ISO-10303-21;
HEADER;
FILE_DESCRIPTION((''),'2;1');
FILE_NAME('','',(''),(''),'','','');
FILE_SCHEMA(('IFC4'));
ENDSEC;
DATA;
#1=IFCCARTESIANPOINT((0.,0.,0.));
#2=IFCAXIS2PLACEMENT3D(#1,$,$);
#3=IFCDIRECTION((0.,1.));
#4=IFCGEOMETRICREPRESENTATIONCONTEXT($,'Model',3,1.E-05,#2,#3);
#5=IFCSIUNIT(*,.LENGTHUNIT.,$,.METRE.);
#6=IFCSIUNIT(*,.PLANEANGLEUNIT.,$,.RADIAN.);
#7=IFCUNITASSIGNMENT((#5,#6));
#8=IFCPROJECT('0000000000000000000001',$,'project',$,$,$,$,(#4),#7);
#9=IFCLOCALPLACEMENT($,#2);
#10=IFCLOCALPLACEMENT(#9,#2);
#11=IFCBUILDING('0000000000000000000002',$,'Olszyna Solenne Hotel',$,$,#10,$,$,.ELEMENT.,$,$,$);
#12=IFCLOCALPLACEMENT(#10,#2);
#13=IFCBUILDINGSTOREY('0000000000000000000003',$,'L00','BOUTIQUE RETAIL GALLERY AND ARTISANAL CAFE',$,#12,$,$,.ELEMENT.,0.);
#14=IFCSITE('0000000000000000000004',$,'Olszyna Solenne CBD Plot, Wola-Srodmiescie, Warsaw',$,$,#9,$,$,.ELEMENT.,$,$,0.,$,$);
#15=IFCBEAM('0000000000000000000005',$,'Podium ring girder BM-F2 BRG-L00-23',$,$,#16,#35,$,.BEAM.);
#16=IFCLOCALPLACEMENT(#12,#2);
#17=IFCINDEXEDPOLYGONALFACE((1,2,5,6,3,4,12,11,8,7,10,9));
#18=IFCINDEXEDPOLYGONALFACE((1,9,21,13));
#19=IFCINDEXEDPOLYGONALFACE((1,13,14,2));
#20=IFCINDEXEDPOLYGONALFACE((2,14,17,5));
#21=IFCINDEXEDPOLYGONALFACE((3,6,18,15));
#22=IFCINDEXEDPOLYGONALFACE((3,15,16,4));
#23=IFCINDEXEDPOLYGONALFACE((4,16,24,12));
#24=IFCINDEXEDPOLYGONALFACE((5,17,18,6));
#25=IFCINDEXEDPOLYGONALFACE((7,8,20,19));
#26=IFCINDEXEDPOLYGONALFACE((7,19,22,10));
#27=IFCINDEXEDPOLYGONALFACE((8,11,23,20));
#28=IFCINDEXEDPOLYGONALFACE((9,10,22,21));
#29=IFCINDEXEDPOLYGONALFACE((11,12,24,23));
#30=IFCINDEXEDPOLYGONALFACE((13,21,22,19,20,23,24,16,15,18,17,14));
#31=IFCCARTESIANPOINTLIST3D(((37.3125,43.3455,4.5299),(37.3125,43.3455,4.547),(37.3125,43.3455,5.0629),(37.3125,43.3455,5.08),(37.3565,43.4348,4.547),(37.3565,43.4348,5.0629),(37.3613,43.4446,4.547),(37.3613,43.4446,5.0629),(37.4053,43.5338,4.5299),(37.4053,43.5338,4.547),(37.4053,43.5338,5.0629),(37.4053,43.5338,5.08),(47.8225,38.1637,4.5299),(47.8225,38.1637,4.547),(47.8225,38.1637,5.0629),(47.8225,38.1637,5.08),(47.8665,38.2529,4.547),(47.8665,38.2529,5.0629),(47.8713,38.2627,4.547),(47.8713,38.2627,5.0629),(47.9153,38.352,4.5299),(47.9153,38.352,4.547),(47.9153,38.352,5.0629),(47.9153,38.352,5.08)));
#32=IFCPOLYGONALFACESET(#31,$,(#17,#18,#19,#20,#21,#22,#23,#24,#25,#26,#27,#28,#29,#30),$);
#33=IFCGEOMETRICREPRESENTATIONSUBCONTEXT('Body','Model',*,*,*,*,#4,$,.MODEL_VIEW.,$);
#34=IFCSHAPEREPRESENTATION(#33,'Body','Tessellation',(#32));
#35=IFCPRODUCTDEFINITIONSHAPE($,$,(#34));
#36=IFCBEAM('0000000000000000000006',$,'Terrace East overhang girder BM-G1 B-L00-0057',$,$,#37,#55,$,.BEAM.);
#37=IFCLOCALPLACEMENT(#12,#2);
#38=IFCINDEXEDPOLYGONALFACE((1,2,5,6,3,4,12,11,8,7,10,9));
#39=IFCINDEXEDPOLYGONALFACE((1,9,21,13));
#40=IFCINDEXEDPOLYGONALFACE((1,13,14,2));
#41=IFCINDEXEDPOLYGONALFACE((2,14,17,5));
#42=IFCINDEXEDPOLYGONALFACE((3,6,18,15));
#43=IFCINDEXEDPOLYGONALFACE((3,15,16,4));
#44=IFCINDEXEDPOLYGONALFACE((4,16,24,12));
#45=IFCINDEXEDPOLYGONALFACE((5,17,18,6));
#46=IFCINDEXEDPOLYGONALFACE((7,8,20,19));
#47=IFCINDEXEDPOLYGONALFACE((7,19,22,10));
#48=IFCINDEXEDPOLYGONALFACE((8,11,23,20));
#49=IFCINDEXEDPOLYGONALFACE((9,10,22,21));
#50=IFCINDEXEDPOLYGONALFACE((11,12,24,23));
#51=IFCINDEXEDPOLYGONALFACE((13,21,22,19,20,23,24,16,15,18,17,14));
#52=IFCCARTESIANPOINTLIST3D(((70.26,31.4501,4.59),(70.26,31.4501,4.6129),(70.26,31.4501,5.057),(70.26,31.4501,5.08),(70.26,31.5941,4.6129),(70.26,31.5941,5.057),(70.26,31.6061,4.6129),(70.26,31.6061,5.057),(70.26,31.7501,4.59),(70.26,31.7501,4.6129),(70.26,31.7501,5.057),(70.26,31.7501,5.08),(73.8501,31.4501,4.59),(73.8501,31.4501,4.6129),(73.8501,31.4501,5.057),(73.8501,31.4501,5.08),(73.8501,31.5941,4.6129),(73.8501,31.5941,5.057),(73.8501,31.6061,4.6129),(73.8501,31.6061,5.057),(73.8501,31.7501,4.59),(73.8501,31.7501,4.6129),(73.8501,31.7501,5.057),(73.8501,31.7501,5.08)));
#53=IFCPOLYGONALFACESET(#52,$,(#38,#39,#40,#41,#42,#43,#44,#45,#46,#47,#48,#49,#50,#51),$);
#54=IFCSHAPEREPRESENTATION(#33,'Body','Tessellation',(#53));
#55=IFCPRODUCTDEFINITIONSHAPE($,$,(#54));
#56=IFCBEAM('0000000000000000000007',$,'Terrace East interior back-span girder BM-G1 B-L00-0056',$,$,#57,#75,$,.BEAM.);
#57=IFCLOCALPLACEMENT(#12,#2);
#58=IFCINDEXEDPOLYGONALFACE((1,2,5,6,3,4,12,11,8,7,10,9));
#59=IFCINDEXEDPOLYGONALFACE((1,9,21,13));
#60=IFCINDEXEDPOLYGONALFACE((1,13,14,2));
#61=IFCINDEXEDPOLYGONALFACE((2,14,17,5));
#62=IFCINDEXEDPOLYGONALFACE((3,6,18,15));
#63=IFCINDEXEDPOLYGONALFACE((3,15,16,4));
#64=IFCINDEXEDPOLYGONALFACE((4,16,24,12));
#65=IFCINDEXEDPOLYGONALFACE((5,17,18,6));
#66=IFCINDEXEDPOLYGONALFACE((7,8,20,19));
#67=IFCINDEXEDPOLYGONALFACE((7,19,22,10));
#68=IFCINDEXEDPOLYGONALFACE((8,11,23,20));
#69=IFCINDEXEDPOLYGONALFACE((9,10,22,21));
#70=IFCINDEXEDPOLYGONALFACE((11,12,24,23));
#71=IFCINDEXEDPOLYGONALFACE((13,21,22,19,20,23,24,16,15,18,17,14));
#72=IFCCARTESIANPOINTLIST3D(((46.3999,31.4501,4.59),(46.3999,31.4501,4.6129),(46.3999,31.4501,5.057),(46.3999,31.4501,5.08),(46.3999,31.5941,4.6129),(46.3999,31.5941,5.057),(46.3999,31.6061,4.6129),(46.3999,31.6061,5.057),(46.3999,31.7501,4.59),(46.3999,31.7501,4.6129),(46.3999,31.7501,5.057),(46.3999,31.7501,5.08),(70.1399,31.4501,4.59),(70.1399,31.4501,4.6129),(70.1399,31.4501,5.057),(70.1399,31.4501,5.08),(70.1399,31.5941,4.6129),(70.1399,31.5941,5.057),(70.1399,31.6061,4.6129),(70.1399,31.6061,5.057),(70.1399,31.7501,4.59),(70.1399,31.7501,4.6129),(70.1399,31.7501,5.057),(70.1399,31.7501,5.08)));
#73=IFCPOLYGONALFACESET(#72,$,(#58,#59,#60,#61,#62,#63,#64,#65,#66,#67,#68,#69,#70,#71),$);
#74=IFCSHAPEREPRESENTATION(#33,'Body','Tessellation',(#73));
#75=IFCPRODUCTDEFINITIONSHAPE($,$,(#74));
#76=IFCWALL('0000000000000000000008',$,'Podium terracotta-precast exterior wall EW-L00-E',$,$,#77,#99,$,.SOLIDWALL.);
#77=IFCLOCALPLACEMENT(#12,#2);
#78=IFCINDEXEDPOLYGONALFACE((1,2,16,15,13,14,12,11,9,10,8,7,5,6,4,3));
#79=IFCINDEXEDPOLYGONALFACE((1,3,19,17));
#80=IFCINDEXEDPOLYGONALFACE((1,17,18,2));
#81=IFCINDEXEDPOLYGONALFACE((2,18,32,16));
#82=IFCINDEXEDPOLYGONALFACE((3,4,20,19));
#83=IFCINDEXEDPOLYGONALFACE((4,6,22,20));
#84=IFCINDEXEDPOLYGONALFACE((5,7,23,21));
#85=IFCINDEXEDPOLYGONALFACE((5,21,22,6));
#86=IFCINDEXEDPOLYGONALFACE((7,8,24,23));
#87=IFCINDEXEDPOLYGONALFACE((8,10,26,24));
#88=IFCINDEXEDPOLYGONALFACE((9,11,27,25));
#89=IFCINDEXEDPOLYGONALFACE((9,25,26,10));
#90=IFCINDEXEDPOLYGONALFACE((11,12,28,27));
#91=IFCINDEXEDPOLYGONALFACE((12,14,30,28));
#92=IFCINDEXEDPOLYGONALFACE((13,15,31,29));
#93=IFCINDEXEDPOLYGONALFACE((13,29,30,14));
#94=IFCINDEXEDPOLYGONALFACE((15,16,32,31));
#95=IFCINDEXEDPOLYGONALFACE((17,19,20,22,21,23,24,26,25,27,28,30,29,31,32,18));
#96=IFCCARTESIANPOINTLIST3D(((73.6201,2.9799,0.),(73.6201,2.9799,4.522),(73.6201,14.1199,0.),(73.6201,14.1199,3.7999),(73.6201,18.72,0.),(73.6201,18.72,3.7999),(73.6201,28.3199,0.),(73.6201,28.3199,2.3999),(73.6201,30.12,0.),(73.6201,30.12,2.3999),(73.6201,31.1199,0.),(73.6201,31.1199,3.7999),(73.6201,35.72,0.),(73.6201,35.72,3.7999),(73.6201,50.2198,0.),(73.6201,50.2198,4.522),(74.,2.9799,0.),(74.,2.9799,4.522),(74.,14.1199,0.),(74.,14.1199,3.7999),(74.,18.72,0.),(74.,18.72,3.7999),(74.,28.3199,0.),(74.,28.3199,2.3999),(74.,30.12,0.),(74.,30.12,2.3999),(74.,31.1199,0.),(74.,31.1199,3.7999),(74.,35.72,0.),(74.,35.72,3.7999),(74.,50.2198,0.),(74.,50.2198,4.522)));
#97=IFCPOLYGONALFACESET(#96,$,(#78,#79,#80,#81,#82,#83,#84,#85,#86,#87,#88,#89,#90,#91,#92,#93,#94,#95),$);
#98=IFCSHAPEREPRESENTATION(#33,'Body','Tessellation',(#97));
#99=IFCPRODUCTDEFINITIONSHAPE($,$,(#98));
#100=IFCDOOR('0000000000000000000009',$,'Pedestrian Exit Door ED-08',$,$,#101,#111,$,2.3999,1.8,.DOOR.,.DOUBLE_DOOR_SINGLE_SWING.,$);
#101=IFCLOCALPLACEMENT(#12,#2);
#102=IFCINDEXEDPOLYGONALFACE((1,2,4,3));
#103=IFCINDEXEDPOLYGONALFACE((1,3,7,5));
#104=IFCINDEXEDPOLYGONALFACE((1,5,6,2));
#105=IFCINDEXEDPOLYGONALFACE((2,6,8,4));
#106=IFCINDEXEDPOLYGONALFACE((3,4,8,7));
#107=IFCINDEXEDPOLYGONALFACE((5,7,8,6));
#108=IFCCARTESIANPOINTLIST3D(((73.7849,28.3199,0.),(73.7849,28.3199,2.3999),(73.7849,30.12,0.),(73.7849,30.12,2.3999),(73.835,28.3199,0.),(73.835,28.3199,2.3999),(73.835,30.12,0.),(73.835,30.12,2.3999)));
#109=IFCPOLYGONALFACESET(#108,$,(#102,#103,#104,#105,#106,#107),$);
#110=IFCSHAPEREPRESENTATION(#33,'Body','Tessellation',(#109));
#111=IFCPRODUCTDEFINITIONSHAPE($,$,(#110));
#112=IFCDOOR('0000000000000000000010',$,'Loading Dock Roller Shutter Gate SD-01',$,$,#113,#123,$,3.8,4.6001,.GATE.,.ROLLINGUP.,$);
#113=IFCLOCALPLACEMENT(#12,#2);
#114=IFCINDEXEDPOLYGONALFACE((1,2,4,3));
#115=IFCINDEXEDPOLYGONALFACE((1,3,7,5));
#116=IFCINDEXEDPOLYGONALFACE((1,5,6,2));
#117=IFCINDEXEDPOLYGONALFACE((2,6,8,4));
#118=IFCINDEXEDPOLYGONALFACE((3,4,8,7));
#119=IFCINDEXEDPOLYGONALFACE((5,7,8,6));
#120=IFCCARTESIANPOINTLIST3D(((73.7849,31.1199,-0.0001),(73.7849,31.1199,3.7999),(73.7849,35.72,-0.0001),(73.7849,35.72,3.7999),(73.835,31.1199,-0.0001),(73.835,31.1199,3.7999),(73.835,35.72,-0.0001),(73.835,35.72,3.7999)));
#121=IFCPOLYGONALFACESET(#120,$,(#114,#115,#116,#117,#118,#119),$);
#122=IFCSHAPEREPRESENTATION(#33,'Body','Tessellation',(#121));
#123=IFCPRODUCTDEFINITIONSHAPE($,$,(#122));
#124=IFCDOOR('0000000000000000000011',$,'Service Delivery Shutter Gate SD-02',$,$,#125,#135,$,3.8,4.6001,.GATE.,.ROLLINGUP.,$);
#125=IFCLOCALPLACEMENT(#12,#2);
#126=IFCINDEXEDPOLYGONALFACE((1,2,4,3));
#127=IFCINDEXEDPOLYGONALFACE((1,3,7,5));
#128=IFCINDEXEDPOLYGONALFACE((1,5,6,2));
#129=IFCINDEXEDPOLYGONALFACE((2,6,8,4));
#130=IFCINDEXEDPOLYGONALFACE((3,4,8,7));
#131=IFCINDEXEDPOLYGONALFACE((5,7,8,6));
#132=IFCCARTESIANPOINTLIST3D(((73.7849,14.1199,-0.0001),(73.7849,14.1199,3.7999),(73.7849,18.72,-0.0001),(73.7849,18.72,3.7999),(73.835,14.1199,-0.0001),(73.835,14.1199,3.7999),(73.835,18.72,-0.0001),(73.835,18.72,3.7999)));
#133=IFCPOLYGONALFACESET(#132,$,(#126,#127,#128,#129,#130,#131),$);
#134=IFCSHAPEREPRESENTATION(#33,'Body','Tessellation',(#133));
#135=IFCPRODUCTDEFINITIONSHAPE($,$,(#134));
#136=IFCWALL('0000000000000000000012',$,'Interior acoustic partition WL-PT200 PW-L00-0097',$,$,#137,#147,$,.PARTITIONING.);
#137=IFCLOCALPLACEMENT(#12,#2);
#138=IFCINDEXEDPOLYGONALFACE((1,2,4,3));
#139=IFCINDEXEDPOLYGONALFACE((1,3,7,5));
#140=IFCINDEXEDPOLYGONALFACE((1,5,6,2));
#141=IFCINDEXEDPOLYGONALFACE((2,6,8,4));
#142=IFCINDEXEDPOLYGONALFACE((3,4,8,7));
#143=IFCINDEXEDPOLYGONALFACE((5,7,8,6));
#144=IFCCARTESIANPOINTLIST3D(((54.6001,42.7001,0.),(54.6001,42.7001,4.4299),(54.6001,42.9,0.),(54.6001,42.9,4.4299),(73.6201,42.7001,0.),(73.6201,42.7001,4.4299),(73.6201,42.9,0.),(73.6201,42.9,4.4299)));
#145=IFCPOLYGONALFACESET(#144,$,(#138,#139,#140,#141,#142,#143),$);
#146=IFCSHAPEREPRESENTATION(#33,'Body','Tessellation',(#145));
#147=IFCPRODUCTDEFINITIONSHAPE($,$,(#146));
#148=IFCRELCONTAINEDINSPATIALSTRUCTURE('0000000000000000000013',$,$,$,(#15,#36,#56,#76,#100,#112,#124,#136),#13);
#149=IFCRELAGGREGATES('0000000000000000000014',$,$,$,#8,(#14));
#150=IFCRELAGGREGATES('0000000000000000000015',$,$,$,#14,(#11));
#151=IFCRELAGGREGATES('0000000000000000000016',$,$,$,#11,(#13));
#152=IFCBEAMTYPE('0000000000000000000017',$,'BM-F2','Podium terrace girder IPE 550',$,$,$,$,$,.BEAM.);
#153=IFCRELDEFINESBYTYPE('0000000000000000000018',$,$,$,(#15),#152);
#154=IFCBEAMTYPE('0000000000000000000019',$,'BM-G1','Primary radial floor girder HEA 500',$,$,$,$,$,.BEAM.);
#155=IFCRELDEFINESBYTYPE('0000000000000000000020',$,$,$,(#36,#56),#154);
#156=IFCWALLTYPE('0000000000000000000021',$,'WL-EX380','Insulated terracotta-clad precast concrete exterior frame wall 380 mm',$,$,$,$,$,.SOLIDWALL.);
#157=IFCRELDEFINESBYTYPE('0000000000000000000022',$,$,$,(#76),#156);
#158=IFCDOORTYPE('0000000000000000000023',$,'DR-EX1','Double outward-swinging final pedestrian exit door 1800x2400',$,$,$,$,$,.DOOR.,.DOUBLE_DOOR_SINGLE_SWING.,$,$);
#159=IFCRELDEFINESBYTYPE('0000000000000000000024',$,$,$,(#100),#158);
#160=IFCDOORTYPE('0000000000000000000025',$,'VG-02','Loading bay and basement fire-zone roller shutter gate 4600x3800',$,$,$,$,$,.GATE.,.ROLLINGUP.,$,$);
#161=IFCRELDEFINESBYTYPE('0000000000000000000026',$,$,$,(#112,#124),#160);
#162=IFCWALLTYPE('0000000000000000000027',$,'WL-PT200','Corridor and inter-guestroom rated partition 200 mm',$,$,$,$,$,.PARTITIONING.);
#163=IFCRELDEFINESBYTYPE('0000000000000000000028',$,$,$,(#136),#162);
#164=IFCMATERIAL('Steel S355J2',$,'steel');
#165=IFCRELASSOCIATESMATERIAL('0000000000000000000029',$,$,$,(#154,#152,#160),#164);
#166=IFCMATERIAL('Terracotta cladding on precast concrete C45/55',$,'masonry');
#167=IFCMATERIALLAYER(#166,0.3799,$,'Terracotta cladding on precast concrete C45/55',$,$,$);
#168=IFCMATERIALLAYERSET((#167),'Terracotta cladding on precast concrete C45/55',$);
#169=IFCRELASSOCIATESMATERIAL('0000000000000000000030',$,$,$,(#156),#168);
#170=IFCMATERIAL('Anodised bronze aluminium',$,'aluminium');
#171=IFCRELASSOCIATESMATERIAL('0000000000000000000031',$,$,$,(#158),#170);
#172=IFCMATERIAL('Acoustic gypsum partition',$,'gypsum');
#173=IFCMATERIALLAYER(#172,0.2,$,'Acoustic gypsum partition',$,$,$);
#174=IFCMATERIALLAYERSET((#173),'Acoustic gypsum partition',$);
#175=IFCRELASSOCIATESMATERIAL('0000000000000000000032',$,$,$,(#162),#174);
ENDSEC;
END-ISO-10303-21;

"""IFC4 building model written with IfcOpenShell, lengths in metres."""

from ifc_helpers import new_model, si_unit, direction, frame, frame_2d, origin, origin_2d, place, context, subcontext, project, spatial, rectangle, i_section, extrude, source, transform, mapped, material, layer, layer_set, material_profile, profile_set, type_object, type_shapes, element, fill, save


model = new_model("IFC4")

# Units and contexts
model_context = context("Model", 3, precision=1e-05, world=origin(), true_north=direction((0.0, 1.0)))
body_context = subcontext(model_context, "Body", "Model", "MODEL_VIEW")
ifc_project = project(units=[si_unit("LENGTHUNIT", "METRE"), si_unit("PLANEANGLEUNIT", "RADIAN")], contexts=[model_context])

# Site, building, storey
site_placement = place(None, origin())
site = spatial("IfcSite", under=ifc_project, at=site_placement, Name="Olszyna Solenne CBD Plot, Wola-Srodmiescie, Warsaw", CompositionType="ELEMENT", RefElevation=0.0)
building_placement = place(site_placement, origin())
building = spatial("IfcBuilding", under=site, at=building_placement, Name="Olszyna Solenne Hotel", CompositionType="ELEMENT")
storey_placement = place(building_placement, origin())
storey = spatial("IfcBuildingStorey", under=building, at=storey_placement, Name="L00", Description="BOUTIQUE RETAIL GALLERY AND ARTISANAL CAFE", CompositionType="ELEMENT", Elevation=0.0)

# Beams
ifc_material_1 = material(Name="Steel S355J2", Category="steel")
ifc_material_profile_1 = material_profile(ifc_material_1, i_section(OverallWidth=0.3, OverallDepth=0.49, WebThickness=0.012, FlangeThickness=0.0229, at=origin_2d()), Name="HEA 500", Category="load-bearing")
ifc_profile_set_1 = profile_set([ifc_material_profile_1], Name="Steel S355J2")
beam_type_1 = type_object("IfcBeamType", Name="BM-G1", Description="Primary radial floor girder HEA 500", PredefinedType="BEAM", material=ifc_profile_set_1)
ifc_material_profile_2 = material_profile(ifc_material_1, i_section(OverallWidth=0.21, OverallDepth=0.55, WebThickness=0.011, FlangeThickness=0.0171, at=origin_2d()), Name="IPE 550", Category="load-bearing")
ifc_profile_set_2 = profile_set([ifc_material_profile_2], Name="Steel S355J2")
beam_type_2 = type_object("IfcBeamType", Name="BM-F2", Description="Podium terrace girder IPE 550", PredefinedType="BEAM", material=ifc_profile_set_2)
shared_shape_1 = source(origin(), body_context, "Body", "SweptSolid", [
    extrude(i_section(OverallWidth=0.21, OverallDepth=0.55, WebThickness=0.011, FlangeThickness=0.0171, at=origin_2d()), origin(), (0.0, 0.0, 1.0), 11.718),
])
beam_1_placement = place(storey_placement, frame((47.8689, 38.2578, 4.8049), z_axis=(-0.896909, 0.442215, 0.0), x_axis=(-0.442215, -0.896909, 0.0)))
element("IfcBeam", 1, at=beam_1_placement, inside=storey, type_object=beam_type_2, Name="Podium ring girder BM-F2 BRG-L00-23", PredefinedType="BEAM", context=body_context, shape_type="MappedRepresentation", body=[
    mapped(shared_shape_1, transform((0.0, 0.0, 0.0), x_axis=(1.0, 0.0, 0.0), y_axis=(0.0, 1.0, 0.0), z_axis=(0.0, 0.0, 1.0), scale=1.0)),
])
shared_shape_2 = source(origin(), body_context, "Body", "SweptSolid", [
    extrude(i_section(OverallWidth=0.3, OverallDepth=0.49, WebThickness=0.012, FlangeThickness=0.0229, at=origin_2d()), origin(), (0.0, 0.0, 1.0), 3.5901),
])
beam_2_placement = place(storey_placement, frame((70.26, 31.6001, 4.835), z_axis=(1.0, 0.0, 0.0), x_axis=(0.0, 1.0, 0.0)))
element("IfcBeam", 2, at=beam_2_placement, inside=storey, type_object=beam_type_1, Name="Terrace East overhang girder BM-G1 B-L00-0057", PredefinedType="BEAM", context=body_context, shape_type="MappedRepresentation", body=[
    mapped(shared_shape_2, transform((0.0, 0.0, 0.0), x_axis=(1.0, 0.0, 0.0), y_axis=(0.0, 1.0, 0.0), z_axis=(0.0, 0.0, 1.0), scale=1.0)),
])
shared_shape_3 = source(origin(), body_context, "Body", "SweptSolid", [
    extrude(i_section(OverallWidth=0.3, OverallDepth=0.49, WebThickness=0.012, FlangeThickness=0.0229, at=origin_2d()), origin(), (0.0, 0.0, 1.0), 23.74),
])
beam_3_placement = place(storey_placement, frame((46.3999, 31.6001, 4.835), z_axis=(1.0, 0.0, 0.0), x_axis=(0.0, 1.0, 0.0)))
element("IfcBeam", 3, at=beam_3_placement, inside=storey, type_object=beam_type_1, Name="Terrace East interior back-span girder BM-G1 B-L00-0056", PredefinedType="BEAM", context=body_context, shape_type="MappedRepresentation", body=[
    mapped(shared_shape_3, transform((0.0, 0.0, 0.0), x_axis=(1.0, 0.0, 0.0), y_axis=(0.0, 1.0, 0.0), z_axis=(0.0, 0.0, 1.0), scale=1.0)),
])

# Wall, openings, doors
ifc_material_2 = material(Name="Terracotta cladding on precast concrete C45/55", Category="masonry")
ifc_layer_1 = layer(ifc_material_2, 0.3799, Name="Terracotta cladding on precast concrete C45/55")
ifc_layer_set_1 = layer_set([ifc_layer_1], Name="Terracotta cladding on precast concrete C45/55")
wall_type_1 = type_object("IfcWallType", Name="WL-EX380", Description="Insulated terracotta-clad precast concrete exterior frame wall 380 mm", PredefinedType="SOLIDWALL", material=ifc_layer_set_1)
wall_1_placement = place(storey_placement, frame((73.8101, 50.22, 0.0), z_axis=(0.0, 0.0, 1.0), x_axis=(0.0, -1.0, 0.0)))
wall_1 = element("IfcWall", 4, at=wall_1_placement, inside=storey, type_object=wall_type_1, Name="Podium terracotta-precast exterior wall EW-L00-E", PredefinedType="SOLIDWALL", context=body_context, shape_type="SweptSolid", body=[
    extrude(rectangle(XDim=47.24, YDim=0.3799, at=frame_2d((23.6201, 0.0))), origin(), (0.0, 0.0, 1.0), 4.522),
])
opening_1_placement = place(wall_1_placement, frame((20.1001, 0.0, 0.0)))
opening_1 = element("IfcOpeningElement", 5, at=opening_1_placement, cuts=wall_1, PredefinedType="OPENING", context=body_context, shape_type="SweptSolid", body=[
    extrude(rectangle(XDim=1.8, YDim=2.3999, at=frame_2d((0.8999, 1.2))), frame((0.0, 0.2, 0.0), z_axis=(0.0, -1.0, 0.0), x_axis=(1.0, 0.0, 0.0)), (0.0, 0.0, 1.0), 0.3999),
])
opening_2_placement = place(wall_1_placement, frame((14.5, 0.0, 0.0)))
opening_2 = element("IfcOpeningElement", 6, at=opening_2_placement, cuts=wall_1, PredefinedType="OPENING", context=body_context, shape_type="SweptSolid", body=[
    extrude(rectangle(XDim=4.6001, YDim=3.8, at=frame_2d((2.3, 1.8999))), frame((0.0, 0.2, 0.0), z_axis=(0.0, -1.0, 0.0), x_axis=(1.0, 0.0, 0.0)), (0.0, 0.0, 1.0), 0.3999),
])
opening_3_placement = place(wall_1_placement, frame((31.5, 0.0, 0.0)))
opening_3 = element("IfcOpeningElement", 7, at=opening_3_placement, cuts=wall_1, PredefinedType="OPENING", context=body_context, shape_type="SweptSolid", body=[
    extrude(rectangle(XDim=4.6001, YDim=3.8, at=frame_2d((2.3, 1.8999))), frame((0.0, 0.2, 0.0), z_axis=(0.0, -1.0, 0.0), x_axis=(1.0, 0.0, 0.0)), (0.0, 0.0, 1.0), 0.3999),
])
ifc_material_3 = material(Name="Anodised bronze aluminium", Category="aluminium")
door_type_1 = type_object("IfcDoorType", Name="DR-EX1", Description="Double outward-swinging final pedestrian exit door 1800x2400", OperationType="DOUBLE_DOOR_SINGLE_SWING", PredefinedType="DOOR", material=ifc_material_3)
shared_shape_4 = source(origin(), body_context, "Body", "SweptSolid", [
    extrude(rectangle(XDim=1.8, YDim=2.3999, at=frame_2d((0.8999, 1.2))), frame((0.0, 0.0249, 0.0), z_axis=(0.0, -1.0, 0.0), x_axis=(1.0, 0.0, 0.0)), (0.0, 0.0, 1.0), 0.05),
])
type_shapes(door_type_1, [shared_shape_4])
door_1_placement = place(opening_1_placement, origin())
door_1 = element("IfcDoor", 8, at=door_1_placement, inside=storey, type_object=door_type_1, Name="Pedestrian Exit Door ED-08", OperationType="DOUBLE_DOOR_SINGLE_SWING", OverallHeight=2.3999, OverallWidth=1.8, PredefinedType="DOOR", context=body_context, shape_type="MappedRepresentation", body=[
    mapped(shared_shape_4, transform((0.0, 0.0, 0.0), x_axis=(1.0, 0.0, 0.0), y_axis=(0.0, 1.0, 0.0), z_axis=(0.0, 0.0, 1.0), scale=1.0)),
])
fill(opening_1, door_1)
door_type_2 = type_object("IfcDoorType", Name="VG-02", Description="Loading bay and basement fire-zone roller shutter gate 4600x3800", OperationType="ROLLINGUP", PredefinedType="GATE", material=ifc_material_1)
shared_shape_5 = source(origin(), body_context, "Body", "SweptSolid", [
    extrude(rectangle(XDim=4.6001, YDim=3.8, at=frame_2d((2.3, 1.8999))), frame((0.0, 0.0249, 0.0), z_axis=(0.0, -1.0, 0.0), x_axis=(1.0, 0.0, 0.0)), (0.0, 0.0, 1.0), 0.05),
])
type_shapes(door_type_2, [shared_shape_5])
door_2_placement = place(opening_2_placement, origin())
door_2 = element("IfcDoor", 9, at=door_2_placement, inside=storey, type_object=door_type_2, Name="Loading Dock Roller Shutter Gate SD-01", OperationType="ROLLINGUP", OverallHeight=3.8, OverallWidth=4.6001, PredefinedType="GATE", context=body_context, shape_type="MappedRepresentation", body=[
    mapped(shared_shape_5, transform((0.0, 0.0, 0.0), x_axis=(1.0, 0.0, 0.0), y_axis=(0.0, 1.0, 0.0), z_axis=(0.0, 0.0, 1.0), scale=1.0)),
])
fill(opening_2, door_2)
door_3_placement = place(opening_3_placement, origin())
door_3 = element("IfcDoor", 10, at=door_3_placement, inside=storey, type_object=door_type_2, Name="Service Delivery Shutter Gate SD-02", OperationType="ROLLINGUP", OverallHeight=3.8, OverallWidth=4.6001, PredefinedType="GATE", context=body_context, shape_type="MappedRepresentation", body=[
    mapped(shared_shape_5, transform((0.0, 0.0, 0.0), x_axis=(1.0, 0.0, 0.0), y_axis=(0.0, 1.0, 0.0), z_axis=(0.0, 0.0, 1.0), scale=1.0)),
])
fill(opening_3, door_3)

# Wall
ifc_material_4 = material(Name="Acoustic gypsum partition", Category="gypsum")
ifc_layer_2 = layer(ifc_material_4, 0.2, Name="Acoustic gypsum partition")
ifc_layer_set_2 = layer_set([ifc_layer_2], Name="Acoustic gypsum partition")
wall_type_2 = type_object("IfcWallType", Name="WL-PT200", Description="Corridor and inter-guestroom rated partition 200 mm", PredefinedType="PARTITIONING", material=ifc_layer_set_2)
wall_2_placement = place(storey_placement, frame((54.6001, 42.8, 0.0), z_axis=(0.0, 0.0, 1.0), x_axis=(1.0, 0.0, 0.0)))
element("IfcWall", 11, at=wall_2_placement, inside=storey, type_object=wall_type_2, Name="Interior acoustic partition WL-PT200 PW-L00-0097", PredefinedType="PARTITIONING", context=body_context, shape_type="SweptSolid", body=[
    extrude(rectangle(XDim=19.02, YDim=0.2, at=frame_2d((9.51, 0.0))), origin(), (0.0, 0.0, 1.0), 4.4299),
])

save(model, "model.ifc")
